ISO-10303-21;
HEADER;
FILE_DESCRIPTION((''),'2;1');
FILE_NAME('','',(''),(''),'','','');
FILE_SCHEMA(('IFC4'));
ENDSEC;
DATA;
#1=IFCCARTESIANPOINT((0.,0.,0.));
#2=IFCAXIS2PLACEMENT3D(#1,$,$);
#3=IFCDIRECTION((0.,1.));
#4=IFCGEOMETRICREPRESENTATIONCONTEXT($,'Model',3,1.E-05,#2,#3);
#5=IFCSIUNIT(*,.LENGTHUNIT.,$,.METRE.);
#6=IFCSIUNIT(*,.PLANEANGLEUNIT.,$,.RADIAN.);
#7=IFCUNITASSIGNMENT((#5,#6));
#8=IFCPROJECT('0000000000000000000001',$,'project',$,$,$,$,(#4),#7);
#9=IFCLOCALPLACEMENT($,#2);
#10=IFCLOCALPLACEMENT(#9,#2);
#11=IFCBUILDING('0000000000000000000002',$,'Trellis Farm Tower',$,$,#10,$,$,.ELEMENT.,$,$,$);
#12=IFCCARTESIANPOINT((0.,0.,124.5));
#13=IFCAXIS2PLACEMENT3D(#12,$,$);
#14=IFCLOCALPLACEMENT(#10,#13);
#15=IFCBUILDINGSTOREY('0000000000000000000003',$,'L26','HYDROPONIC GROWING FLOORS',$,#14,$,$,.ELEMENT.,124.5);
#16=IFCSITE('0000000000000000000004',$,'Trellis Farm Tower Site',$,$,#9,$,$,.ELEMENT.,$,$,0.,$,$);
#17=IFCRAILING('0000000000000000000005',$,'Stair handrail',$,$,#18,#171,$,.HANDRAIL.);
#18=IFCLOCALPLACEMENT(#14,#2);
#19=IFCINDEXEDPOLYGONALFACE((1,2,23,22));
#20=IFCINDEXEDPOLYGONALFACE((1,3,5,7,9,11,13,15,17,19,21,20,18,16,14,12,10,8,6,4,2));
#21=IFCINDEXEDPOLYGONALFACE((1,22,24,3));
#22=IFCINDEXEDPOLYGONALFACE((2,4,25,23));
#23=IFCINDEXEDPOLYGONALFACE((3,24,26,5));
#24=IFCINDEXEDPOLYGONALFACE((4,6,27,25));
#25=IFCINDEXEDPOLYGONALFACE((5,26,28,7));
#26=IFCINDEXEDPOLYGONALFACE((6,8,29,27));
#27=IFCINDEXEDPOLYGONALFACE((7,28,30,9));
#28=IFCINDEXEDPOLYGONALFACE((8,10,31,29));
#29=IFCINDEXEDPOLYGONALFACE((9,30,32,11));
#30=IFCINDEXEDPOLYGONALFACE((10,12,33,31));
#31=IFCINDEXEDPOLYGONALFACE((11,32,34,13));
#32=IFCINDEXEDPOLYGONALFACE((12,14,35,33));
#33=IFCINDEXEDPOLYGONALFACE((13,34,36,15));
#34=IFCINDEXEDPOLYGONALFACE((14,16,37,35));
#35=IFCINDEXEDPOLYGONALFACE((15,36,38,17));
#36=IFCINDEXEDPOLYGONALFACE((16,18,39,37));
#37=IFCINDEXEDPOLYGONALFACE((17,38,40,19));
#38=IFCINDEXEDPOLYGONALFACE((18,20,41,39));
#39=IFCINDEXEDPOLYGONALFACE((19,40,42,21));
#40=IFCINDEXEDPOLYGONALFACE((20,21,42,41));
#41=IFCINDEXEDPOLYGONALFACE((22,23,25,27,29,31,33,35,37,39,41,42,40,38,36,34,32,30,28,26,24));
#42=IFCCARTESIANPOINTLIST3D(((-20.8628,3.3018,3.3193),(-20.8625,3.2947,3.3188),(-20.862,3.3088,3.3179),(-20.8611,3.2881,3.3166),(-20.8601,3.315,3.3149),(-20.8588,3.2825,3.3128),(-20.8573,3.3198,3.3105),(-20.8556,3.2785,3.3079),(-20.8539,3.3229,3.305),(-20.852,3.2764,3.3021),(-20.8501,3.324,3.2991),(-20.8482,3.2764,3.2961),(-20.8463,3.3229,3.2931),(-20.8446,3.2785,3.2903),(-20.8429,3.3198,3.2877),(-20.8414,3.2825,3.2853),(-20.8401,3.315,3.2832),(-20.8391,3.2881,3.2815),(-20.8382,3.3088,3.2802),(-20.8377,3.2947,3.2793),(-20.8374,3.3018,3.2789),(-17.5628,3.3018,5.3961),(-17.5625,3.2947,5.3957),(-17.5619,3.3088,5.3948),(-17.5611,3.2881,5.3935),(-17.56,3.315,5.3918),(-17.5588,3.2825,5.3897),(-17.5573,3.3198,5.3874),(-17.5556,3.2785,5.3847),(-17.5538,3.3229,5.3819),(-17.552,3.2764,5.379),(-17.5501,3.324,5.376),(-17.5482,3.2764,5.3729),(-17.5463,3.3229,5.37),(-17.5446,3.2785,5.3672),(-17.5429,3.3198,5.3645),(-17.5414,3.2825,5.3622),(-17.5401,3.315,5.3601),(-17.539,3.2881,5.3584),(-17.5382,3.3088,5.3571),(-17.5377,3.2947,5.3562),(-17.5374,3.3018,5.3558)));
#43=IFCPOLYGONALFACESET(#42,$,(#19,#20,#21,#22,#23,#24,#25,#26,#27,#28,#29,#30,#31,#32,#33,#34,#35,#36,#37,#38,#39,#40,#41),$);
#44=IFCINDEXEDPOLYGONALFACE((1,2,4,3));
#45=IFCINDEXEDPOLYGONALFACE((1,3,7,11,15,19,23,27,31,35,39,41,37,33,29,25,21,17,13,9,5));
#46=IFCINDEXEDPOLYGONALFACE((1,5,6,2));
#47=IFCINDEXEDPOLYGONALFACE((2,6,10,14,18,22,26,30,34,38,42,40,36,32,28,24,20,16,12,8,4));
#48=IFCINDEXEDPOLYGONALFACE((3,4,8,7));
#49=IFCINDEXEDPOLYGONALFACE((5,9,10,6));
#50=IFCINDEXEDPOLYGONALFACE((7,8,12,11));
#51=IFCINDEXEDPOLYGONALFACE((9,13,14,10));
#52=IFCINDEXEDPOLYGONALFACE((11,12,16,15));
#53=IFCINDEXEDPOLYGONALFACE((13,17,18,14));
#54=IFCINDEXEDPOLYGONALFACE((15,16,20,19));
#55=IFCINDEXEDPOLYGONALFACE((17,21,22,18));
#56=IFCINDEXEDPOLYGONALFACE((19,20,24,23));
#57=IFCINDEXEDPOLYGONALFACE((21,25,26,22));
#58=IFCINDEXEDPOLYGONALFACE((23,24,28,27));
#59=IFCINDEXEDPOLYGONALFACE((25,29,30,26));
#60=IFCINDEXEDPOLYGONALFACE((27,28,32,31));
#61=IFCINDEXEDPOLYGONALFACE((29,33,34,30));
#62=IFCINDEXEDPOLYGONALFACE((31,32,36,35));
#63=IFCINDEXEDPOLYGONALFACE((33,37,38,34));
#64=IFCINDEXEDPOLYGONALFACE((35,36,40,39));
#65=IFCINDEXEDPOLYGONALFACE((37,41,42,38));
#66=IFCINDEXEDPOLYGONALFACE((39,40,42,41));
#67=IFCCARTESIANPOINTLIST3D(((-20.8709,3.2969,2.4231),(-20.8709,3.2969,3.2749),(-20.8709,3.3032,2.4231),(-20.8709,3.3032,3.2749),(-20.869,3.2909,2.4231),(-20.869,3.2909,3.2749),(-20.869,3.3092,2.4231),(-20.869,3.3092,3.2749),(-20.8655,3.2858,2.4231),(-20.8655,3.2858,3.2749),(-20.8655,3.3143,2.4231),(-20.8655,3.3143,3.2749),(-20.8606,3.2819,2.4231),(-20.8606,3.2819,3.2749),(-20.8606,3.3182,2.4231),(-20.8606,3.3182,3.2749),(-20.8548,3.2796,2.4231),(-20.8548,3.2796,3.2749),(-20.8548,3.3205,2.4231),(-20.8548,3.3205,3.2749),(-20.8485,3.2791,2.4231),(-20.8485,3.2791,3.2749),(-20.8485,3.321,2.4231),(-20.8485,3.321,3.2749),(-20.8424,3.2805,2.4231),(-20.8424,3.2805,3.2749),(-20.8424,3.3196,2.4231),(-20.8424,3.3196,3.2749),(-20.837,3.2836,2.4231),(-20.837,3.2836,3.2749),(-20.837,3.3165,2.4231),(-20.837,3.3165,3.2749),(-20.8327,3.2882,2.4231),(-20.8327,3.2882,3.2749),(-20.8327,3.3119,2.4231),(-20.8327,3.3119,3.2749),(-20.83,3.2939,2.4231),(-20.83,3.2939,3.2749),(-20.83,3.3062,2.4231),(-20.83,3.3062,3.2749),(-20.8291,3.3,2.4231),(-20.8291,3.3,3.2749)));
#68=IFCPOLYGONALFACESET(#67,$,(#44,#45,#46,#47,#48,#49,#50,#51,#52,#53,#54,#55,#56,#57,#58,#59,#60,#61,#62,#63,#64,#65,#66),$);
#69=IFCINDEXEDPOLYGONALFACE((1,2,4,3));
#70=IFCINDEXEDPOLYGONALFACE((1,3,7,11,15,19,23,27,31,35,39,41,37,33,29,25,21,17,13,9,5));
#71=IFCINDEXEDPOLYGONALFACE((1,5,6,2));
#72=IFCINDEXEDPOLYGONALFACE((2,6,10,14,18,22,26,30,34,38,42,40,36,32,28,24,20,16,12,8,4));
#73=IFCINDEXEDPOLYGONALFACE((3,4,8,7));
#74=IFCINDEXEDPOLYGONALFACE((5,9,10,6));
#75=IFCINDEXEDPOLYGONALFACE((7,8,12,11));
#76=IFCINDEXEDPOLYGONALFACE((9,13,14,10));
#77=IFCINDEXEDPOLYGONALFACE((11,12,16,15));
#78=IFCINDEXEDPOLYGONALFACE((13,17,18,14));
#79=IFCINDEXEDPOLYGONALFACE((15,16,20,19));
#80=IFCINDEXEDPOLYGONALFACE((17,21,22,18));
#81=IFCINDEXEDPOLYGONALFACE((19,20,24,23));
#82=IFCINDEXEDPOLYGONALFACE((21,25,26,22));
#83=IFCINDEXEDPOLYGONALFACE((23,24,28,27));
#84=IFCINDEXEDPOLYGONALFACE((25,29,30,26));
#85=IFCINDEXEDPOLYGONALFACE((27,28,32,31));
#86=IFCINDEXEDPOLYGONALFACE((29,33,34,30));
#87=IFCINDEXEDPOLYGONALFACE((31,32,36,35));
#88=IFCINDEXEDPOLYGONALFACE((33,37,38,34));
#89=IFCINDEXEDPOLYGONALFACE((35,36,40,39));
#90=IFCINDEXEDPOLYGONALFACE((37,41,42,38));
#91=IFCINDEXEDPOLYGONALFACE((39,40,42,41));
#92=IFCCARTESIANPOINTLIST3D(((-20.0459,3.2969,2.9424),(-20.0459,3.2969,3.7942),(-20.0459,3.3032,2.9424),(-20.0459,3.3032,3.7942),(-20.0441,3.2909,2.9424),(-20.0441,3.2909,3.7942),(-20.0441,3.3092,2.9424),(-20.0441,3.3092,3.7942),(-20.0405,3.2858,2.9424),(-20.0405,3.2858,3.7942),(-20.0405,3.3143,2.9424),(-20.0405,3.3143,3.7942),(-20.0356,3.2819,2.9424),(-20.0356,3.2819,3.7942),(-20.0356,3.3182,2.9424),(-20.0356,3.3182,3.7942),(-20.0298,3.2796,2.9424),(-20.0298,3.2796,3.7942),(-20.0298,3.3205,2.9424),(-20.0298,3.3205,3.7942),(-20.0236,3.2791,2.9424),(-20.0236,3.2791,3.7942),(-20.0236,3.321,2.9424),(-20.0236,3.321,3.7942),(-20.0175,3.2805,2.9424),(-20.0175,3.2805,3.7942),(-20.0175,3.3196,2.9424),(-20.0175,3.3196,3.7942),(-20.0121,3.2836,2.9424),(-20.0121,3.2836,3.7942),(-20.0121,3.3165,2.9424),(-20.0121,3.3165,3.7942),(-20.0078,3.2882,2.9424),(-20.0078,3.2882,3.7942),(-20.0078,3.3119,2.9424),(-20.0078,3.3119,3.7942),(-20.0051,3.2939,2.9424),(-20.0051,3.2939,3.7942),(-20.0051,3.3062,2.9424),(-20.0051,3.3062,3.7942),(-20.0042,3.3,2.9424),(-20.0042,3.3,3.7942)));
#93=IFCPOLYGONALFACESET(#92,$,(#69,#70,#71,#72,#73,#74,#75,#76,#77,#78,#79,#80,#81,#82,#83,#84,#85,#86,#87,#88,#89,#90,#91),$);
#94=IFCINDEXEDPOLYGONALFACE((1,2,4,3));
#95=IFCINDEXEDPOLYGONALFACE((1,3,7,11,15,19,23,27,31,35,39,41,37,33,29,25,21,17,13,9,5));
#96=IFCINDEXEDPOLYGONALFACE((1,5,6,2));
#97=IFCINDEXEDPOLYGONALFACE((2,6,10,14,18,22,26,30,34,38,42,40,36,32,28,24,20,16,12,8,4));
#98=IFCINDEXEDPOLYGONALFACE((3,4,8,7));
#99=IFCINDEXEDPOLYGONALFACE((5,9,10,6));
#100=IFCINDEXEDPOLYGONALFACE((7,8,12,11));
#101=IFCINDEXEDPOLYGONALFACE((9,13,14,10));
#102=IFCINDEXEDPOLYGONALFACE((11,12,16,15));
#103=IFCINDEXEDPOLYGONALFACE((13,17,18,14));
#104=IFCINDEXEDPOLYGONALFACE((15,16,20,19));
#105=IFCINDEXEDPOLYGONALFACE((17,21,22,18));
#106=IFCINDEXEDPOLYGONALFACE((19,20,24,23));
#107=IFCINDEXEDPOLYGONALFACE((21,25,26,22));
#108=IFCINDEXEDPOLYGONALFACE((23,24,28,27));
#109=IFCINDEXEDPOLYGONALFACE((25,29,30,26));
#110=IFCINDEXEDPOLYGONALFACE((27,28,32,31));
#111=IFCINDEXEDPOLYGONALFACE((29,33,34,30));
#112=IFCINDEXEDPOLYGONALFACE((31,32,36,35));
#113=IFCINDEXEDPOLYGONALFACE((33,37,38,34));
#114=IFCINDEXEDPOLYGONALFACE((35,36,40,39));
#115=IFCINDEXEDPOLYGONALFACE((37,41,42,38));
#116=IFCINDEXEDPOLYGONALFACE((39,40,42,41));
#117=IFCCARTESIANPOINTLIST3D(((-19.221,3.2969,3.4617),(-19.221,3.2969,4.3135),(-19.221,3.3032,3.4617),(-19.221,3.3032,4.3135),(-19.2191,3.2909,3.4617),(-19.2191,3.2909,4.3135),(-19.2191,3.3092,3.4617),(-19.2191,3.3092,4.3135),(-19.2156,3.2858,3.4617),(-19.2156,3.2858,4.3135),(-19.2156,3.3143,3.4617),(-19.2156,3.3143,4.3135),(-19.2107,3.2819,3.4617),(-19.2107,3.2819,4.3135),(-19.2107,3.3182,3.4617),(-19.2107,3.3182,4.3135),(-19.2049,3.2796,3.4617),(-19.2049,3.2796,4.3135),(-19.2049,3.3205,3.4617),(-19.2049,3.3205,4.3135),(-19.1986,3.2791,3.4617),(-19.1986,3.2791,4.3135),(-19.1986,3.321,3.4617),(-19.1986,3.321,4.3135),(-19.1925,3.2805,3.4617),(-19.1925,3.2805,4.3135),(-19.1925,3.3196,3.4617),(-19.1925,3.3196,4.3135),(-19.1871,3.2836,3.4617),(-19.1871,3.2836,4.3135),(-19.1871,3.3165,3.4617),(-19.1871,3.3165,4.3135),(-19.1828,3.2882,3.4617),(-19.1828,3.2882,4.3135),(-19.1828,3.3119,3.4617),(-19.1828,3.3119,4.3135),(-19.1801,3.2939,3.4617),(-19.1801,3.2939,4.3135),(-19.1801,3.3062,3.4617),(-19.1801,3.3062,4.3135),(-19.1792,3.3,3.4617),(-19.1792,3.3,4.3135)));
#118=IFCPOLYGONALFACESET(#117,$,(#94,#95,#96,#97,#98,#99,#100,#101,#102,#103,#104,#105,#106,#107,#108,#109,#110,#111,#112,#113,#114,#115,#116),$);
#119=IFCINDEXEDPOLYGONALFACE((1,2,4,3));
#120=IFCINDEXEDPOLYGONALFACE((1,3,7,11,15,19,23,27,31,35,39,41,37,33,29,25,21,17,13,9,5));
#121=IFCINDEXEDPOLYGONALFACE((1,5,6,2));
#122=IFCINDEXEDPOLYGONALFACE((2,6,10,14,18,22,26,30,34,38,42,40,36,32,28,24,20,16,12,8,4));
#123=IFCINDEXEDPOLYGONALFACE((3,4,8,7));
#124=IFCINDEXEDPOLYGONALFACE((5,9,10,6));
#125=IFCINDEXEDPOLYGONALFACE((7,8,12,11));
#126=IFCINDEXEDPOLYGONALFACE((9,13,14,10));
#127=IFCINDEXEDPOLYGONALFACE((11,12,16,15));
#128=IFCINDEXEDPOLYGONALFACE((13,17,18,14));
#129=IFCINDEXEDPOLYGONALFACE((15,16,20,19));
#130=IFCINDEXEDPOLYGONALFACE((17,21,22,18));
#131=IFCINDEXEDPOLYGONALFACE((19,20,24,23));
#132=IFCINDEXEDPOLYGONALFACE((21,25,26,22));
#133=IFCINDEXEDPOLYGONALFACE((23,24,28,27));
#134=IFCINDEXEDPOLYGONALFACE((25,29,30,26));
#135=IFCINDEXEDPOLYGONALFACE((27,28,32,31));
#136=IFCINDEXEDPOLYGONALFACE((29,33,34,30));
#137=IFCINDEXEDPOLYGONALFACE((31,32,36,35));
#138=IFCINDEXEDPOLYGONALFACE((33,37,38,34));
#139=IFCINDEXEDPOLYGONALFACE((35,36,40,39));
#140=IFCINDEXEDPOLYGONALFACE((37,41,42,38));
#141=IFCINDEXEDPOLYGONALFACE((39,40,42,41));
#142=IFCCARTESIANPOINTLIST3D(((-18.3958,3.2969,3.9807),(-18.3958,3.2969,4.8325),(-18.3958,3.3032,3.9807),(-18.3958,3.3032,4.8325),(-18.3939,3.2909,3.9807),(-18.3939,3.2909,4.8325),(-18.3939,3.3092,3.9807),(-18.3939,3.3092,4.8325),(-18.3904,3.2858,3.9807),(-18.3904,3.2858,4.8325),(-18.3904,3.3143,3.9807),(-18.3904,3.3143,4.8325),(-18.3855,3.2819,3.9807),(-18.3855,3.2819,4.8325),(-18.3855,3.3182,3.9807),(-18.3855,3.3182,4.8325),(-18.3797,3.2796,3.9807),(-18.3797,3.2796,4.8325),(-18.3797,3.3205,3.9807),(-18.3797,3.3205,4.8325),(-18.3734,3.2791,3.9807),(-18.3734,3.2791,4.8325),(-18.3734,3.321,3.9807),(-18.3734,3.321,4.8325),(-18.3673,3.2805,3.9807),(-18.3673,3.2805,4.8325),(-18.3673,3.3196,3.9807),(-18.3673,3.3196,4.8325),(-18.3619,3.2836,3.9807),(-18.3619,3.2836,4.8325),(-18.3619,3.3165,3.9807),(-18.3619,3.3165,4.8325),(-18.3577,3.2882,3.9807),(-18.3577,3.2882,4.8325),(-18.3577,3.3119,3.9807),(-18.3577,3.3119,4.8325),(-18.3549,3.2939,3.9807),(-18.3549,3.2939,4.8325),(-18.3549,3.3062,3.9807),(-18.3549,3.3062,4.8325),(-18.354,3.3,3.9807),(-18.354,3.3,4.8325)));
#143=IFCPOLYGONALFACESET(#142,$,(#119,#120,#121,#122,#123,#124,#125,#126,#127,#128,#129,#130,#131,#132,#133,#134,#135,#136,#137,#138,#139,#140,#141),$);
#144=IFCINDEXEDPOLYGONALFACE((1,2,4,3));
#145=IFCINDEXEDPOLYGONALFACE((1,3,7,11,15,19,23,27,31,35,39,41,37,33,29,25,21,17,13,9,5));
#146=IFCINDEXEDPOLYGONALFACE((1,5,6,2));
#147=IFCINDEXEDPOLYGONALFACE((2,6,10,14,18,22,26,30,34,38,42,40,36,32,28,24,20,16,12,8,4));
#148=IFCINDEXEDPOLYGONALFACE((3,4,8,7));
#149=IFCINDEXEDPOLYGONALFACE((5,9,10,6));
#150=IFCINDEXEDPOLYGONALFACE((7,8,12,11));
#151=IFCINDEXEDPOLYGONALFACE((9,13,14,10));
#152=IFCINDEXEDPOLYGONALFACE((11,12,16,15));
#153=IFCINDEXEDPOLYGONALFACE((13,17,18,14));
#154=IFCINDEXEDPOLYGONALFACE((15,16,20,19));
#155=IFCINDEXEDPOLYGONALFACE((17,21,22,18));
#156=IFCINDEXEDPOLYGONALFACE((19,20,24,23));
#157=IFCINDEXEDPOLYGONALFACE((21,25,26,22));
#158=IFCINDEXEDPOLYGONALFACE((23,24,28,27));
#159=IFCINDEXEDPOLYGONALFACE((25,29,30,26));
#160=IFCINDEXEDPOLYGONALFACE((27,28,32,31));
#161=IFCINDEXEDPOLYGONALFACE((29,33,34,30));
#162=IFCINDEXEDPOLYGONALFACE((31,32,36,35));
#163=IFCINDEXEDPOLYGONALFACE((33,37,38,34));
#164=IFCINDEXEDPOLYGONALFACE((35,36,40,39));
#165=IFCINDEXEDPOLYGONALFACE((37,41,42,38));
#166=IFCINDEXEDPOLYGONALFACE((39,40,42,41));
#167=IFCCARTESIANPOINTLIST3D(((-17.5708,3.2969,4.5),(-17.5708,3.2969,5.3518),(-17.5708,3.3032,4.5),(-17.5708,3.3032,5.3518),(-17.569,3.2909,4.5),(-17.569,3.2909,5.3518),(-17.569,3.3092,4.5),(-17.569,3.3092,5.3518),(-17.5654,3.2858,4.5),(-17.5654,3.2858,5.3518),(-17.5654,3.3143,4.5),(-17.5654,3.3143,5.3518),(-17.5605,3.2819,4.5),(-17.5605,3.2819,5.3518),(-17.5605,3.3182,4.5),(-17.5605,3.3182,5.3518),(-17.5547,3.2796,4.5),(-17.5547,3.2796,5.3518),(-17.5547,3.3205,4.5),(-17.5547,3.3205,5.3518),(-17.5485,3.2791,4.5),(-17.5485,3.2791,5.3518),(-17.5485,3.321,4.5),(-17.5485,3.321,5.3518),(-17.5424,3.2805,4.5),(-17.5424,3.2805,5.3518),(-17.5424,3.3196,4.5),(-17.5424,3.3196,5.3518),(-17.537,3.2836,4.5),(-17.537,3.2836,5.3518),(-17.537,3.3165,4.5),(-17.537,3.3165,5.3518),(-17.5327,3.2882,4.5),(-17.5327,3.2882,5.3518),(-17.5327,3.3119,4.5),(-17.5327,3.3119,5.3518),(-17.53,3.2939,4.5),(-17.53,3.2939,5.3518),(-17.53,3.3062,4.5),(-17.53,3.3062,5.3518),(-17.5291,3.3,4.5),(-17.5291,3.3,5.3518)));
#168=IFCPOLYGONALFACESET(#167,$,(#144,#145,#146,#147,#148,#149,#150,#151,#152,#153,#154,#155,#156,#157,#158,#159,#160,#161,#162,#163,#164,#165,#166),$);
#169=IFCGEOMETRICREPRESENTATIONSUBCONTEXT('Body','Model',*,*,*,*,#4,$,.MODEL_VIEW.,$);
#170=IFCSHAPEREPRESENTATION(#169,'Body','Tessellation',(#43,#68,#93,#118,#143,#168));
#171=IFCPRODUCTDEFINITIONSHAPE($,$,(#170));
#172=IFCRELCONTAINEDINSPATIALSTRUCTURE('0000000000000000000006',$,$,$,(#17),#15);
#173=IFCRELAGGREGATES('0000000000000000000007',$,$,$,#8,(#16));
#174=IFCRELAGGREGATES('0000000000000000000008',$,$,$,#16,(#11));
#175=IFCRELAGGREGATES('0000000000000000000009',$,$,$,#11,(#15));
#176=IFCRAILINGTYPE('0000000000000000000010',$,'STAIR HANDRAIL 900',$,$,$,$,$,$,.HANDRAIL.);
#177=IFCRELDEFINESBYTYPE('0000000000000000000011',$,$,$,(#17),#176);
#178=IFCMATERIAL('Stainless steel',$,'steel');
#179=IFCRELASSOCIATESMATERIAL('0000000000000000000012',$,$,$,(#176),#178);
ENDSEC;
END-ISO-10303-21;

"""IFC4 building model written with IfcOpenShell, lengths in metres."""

from ifc_helpers import new_model, si_unit, direction, frame, origin, origin_2d, place, context, subcontext, project, spatial, circle, extrude, source, transform, mapped, material, type_object, element, save


model = new_model("IFC4")

# Units and contexts
model_context = context("Model", 3, precision=1e-05, world=origin(), true_north=direction((0.0, 1.0)))
body_context = subcontext(model_context, "Body", "Model", "MODEL_VIEW")
ifc_project = project(units=[si_unit("LENGTHUNIT", "METRE"), si_unit("PLANEANGLEUNIT", "RADIAN")], contexts=[model_context])

# Site, building, storey
site_placement = place(None, origin())
site = spatial("IfcSite", under=ifc_project, at=site_placement, Name="Trellis Farm Tower Site", CompositionType="ELEMENT", RefElevation=0.0)
building_placement = place(site_placement, origin())
building = spatial("IfcBuilding", under=site, at=building_placement, Name="Trellis Farm Tower", CompositionType="ELEMENT")
storey_placement = place(building_placement, frame((0.0, 0.0, 124.5)))
storey = spatial("IfcBuildingStorey", under=building, at=storey_placement, Name="L26", Description="HYDROPONIC GROWING FLOORS", CompositionType="ELEMENT", Elevation=124.5)

# Railing
ifc_material_1 = material(Name="Stainless steel", Category="steel")
railing_type = type_object("IfcRailingType", Name="STAIR HANDRAIL 900", PredefinedType="HANDRAIL", material=ifc_material_1)
shared_shape_1 = source(origin(), body_context, "Body", "SweptSolid", [
    extrude(circle(Radius=0.0239, at=origin_2d()), frame((0.0, 0.0, 0.876), z_axis=(0.846337, 0.0, 0.532647), x_axis=(0.0, 1.0, 0.0)), (0.0, 0.0, 1.0), 3.8992),
    extrude(circle(Radius=0.021, at=origin_2d()), origin(), (0.0, 0.0, 1.0), 0.8518),
    extrude(circle(Radius=0.021, at=origin_2d()), frame((0.825, 0.0, 0.5193)), (0.0, 0.0, 1.0), 0.8518),
    extrude(circle(Radius=0.021, at=origin_2d()), frame((1.6499, 0.0, 1.0386)), (0.0, 0.0, 1.0), 0.8518),
    extrude(circle(Radius=0.021, at=origin_2d()), frame((2.4751, 0.0, 1.5576)), (0.0, 0.0, 1.0), 0.8518),
    extrude(circle(Radius=0.021, at=origin_2d()), frame((3.3, 0.0, 2.0769)), (0.0, 0.0, 1.0), 0.8518),
])
for number, where, name in (
    (1, (-20.8501, 3.3, 2.4231), "Stair handrail"),
):
    element("IfcRailing", number, at=place(storey_placement, frame(where)), inside=storey, type_object=railing_type, Name=name, PredefinedType="HANDRAIL", context=body_context, shape_type="MappedRepresentation", body=[
        mapped(shared_shape_1, transform((0.0, 0.0, 0.0))),
    ])

save(model, "model.ifc")
